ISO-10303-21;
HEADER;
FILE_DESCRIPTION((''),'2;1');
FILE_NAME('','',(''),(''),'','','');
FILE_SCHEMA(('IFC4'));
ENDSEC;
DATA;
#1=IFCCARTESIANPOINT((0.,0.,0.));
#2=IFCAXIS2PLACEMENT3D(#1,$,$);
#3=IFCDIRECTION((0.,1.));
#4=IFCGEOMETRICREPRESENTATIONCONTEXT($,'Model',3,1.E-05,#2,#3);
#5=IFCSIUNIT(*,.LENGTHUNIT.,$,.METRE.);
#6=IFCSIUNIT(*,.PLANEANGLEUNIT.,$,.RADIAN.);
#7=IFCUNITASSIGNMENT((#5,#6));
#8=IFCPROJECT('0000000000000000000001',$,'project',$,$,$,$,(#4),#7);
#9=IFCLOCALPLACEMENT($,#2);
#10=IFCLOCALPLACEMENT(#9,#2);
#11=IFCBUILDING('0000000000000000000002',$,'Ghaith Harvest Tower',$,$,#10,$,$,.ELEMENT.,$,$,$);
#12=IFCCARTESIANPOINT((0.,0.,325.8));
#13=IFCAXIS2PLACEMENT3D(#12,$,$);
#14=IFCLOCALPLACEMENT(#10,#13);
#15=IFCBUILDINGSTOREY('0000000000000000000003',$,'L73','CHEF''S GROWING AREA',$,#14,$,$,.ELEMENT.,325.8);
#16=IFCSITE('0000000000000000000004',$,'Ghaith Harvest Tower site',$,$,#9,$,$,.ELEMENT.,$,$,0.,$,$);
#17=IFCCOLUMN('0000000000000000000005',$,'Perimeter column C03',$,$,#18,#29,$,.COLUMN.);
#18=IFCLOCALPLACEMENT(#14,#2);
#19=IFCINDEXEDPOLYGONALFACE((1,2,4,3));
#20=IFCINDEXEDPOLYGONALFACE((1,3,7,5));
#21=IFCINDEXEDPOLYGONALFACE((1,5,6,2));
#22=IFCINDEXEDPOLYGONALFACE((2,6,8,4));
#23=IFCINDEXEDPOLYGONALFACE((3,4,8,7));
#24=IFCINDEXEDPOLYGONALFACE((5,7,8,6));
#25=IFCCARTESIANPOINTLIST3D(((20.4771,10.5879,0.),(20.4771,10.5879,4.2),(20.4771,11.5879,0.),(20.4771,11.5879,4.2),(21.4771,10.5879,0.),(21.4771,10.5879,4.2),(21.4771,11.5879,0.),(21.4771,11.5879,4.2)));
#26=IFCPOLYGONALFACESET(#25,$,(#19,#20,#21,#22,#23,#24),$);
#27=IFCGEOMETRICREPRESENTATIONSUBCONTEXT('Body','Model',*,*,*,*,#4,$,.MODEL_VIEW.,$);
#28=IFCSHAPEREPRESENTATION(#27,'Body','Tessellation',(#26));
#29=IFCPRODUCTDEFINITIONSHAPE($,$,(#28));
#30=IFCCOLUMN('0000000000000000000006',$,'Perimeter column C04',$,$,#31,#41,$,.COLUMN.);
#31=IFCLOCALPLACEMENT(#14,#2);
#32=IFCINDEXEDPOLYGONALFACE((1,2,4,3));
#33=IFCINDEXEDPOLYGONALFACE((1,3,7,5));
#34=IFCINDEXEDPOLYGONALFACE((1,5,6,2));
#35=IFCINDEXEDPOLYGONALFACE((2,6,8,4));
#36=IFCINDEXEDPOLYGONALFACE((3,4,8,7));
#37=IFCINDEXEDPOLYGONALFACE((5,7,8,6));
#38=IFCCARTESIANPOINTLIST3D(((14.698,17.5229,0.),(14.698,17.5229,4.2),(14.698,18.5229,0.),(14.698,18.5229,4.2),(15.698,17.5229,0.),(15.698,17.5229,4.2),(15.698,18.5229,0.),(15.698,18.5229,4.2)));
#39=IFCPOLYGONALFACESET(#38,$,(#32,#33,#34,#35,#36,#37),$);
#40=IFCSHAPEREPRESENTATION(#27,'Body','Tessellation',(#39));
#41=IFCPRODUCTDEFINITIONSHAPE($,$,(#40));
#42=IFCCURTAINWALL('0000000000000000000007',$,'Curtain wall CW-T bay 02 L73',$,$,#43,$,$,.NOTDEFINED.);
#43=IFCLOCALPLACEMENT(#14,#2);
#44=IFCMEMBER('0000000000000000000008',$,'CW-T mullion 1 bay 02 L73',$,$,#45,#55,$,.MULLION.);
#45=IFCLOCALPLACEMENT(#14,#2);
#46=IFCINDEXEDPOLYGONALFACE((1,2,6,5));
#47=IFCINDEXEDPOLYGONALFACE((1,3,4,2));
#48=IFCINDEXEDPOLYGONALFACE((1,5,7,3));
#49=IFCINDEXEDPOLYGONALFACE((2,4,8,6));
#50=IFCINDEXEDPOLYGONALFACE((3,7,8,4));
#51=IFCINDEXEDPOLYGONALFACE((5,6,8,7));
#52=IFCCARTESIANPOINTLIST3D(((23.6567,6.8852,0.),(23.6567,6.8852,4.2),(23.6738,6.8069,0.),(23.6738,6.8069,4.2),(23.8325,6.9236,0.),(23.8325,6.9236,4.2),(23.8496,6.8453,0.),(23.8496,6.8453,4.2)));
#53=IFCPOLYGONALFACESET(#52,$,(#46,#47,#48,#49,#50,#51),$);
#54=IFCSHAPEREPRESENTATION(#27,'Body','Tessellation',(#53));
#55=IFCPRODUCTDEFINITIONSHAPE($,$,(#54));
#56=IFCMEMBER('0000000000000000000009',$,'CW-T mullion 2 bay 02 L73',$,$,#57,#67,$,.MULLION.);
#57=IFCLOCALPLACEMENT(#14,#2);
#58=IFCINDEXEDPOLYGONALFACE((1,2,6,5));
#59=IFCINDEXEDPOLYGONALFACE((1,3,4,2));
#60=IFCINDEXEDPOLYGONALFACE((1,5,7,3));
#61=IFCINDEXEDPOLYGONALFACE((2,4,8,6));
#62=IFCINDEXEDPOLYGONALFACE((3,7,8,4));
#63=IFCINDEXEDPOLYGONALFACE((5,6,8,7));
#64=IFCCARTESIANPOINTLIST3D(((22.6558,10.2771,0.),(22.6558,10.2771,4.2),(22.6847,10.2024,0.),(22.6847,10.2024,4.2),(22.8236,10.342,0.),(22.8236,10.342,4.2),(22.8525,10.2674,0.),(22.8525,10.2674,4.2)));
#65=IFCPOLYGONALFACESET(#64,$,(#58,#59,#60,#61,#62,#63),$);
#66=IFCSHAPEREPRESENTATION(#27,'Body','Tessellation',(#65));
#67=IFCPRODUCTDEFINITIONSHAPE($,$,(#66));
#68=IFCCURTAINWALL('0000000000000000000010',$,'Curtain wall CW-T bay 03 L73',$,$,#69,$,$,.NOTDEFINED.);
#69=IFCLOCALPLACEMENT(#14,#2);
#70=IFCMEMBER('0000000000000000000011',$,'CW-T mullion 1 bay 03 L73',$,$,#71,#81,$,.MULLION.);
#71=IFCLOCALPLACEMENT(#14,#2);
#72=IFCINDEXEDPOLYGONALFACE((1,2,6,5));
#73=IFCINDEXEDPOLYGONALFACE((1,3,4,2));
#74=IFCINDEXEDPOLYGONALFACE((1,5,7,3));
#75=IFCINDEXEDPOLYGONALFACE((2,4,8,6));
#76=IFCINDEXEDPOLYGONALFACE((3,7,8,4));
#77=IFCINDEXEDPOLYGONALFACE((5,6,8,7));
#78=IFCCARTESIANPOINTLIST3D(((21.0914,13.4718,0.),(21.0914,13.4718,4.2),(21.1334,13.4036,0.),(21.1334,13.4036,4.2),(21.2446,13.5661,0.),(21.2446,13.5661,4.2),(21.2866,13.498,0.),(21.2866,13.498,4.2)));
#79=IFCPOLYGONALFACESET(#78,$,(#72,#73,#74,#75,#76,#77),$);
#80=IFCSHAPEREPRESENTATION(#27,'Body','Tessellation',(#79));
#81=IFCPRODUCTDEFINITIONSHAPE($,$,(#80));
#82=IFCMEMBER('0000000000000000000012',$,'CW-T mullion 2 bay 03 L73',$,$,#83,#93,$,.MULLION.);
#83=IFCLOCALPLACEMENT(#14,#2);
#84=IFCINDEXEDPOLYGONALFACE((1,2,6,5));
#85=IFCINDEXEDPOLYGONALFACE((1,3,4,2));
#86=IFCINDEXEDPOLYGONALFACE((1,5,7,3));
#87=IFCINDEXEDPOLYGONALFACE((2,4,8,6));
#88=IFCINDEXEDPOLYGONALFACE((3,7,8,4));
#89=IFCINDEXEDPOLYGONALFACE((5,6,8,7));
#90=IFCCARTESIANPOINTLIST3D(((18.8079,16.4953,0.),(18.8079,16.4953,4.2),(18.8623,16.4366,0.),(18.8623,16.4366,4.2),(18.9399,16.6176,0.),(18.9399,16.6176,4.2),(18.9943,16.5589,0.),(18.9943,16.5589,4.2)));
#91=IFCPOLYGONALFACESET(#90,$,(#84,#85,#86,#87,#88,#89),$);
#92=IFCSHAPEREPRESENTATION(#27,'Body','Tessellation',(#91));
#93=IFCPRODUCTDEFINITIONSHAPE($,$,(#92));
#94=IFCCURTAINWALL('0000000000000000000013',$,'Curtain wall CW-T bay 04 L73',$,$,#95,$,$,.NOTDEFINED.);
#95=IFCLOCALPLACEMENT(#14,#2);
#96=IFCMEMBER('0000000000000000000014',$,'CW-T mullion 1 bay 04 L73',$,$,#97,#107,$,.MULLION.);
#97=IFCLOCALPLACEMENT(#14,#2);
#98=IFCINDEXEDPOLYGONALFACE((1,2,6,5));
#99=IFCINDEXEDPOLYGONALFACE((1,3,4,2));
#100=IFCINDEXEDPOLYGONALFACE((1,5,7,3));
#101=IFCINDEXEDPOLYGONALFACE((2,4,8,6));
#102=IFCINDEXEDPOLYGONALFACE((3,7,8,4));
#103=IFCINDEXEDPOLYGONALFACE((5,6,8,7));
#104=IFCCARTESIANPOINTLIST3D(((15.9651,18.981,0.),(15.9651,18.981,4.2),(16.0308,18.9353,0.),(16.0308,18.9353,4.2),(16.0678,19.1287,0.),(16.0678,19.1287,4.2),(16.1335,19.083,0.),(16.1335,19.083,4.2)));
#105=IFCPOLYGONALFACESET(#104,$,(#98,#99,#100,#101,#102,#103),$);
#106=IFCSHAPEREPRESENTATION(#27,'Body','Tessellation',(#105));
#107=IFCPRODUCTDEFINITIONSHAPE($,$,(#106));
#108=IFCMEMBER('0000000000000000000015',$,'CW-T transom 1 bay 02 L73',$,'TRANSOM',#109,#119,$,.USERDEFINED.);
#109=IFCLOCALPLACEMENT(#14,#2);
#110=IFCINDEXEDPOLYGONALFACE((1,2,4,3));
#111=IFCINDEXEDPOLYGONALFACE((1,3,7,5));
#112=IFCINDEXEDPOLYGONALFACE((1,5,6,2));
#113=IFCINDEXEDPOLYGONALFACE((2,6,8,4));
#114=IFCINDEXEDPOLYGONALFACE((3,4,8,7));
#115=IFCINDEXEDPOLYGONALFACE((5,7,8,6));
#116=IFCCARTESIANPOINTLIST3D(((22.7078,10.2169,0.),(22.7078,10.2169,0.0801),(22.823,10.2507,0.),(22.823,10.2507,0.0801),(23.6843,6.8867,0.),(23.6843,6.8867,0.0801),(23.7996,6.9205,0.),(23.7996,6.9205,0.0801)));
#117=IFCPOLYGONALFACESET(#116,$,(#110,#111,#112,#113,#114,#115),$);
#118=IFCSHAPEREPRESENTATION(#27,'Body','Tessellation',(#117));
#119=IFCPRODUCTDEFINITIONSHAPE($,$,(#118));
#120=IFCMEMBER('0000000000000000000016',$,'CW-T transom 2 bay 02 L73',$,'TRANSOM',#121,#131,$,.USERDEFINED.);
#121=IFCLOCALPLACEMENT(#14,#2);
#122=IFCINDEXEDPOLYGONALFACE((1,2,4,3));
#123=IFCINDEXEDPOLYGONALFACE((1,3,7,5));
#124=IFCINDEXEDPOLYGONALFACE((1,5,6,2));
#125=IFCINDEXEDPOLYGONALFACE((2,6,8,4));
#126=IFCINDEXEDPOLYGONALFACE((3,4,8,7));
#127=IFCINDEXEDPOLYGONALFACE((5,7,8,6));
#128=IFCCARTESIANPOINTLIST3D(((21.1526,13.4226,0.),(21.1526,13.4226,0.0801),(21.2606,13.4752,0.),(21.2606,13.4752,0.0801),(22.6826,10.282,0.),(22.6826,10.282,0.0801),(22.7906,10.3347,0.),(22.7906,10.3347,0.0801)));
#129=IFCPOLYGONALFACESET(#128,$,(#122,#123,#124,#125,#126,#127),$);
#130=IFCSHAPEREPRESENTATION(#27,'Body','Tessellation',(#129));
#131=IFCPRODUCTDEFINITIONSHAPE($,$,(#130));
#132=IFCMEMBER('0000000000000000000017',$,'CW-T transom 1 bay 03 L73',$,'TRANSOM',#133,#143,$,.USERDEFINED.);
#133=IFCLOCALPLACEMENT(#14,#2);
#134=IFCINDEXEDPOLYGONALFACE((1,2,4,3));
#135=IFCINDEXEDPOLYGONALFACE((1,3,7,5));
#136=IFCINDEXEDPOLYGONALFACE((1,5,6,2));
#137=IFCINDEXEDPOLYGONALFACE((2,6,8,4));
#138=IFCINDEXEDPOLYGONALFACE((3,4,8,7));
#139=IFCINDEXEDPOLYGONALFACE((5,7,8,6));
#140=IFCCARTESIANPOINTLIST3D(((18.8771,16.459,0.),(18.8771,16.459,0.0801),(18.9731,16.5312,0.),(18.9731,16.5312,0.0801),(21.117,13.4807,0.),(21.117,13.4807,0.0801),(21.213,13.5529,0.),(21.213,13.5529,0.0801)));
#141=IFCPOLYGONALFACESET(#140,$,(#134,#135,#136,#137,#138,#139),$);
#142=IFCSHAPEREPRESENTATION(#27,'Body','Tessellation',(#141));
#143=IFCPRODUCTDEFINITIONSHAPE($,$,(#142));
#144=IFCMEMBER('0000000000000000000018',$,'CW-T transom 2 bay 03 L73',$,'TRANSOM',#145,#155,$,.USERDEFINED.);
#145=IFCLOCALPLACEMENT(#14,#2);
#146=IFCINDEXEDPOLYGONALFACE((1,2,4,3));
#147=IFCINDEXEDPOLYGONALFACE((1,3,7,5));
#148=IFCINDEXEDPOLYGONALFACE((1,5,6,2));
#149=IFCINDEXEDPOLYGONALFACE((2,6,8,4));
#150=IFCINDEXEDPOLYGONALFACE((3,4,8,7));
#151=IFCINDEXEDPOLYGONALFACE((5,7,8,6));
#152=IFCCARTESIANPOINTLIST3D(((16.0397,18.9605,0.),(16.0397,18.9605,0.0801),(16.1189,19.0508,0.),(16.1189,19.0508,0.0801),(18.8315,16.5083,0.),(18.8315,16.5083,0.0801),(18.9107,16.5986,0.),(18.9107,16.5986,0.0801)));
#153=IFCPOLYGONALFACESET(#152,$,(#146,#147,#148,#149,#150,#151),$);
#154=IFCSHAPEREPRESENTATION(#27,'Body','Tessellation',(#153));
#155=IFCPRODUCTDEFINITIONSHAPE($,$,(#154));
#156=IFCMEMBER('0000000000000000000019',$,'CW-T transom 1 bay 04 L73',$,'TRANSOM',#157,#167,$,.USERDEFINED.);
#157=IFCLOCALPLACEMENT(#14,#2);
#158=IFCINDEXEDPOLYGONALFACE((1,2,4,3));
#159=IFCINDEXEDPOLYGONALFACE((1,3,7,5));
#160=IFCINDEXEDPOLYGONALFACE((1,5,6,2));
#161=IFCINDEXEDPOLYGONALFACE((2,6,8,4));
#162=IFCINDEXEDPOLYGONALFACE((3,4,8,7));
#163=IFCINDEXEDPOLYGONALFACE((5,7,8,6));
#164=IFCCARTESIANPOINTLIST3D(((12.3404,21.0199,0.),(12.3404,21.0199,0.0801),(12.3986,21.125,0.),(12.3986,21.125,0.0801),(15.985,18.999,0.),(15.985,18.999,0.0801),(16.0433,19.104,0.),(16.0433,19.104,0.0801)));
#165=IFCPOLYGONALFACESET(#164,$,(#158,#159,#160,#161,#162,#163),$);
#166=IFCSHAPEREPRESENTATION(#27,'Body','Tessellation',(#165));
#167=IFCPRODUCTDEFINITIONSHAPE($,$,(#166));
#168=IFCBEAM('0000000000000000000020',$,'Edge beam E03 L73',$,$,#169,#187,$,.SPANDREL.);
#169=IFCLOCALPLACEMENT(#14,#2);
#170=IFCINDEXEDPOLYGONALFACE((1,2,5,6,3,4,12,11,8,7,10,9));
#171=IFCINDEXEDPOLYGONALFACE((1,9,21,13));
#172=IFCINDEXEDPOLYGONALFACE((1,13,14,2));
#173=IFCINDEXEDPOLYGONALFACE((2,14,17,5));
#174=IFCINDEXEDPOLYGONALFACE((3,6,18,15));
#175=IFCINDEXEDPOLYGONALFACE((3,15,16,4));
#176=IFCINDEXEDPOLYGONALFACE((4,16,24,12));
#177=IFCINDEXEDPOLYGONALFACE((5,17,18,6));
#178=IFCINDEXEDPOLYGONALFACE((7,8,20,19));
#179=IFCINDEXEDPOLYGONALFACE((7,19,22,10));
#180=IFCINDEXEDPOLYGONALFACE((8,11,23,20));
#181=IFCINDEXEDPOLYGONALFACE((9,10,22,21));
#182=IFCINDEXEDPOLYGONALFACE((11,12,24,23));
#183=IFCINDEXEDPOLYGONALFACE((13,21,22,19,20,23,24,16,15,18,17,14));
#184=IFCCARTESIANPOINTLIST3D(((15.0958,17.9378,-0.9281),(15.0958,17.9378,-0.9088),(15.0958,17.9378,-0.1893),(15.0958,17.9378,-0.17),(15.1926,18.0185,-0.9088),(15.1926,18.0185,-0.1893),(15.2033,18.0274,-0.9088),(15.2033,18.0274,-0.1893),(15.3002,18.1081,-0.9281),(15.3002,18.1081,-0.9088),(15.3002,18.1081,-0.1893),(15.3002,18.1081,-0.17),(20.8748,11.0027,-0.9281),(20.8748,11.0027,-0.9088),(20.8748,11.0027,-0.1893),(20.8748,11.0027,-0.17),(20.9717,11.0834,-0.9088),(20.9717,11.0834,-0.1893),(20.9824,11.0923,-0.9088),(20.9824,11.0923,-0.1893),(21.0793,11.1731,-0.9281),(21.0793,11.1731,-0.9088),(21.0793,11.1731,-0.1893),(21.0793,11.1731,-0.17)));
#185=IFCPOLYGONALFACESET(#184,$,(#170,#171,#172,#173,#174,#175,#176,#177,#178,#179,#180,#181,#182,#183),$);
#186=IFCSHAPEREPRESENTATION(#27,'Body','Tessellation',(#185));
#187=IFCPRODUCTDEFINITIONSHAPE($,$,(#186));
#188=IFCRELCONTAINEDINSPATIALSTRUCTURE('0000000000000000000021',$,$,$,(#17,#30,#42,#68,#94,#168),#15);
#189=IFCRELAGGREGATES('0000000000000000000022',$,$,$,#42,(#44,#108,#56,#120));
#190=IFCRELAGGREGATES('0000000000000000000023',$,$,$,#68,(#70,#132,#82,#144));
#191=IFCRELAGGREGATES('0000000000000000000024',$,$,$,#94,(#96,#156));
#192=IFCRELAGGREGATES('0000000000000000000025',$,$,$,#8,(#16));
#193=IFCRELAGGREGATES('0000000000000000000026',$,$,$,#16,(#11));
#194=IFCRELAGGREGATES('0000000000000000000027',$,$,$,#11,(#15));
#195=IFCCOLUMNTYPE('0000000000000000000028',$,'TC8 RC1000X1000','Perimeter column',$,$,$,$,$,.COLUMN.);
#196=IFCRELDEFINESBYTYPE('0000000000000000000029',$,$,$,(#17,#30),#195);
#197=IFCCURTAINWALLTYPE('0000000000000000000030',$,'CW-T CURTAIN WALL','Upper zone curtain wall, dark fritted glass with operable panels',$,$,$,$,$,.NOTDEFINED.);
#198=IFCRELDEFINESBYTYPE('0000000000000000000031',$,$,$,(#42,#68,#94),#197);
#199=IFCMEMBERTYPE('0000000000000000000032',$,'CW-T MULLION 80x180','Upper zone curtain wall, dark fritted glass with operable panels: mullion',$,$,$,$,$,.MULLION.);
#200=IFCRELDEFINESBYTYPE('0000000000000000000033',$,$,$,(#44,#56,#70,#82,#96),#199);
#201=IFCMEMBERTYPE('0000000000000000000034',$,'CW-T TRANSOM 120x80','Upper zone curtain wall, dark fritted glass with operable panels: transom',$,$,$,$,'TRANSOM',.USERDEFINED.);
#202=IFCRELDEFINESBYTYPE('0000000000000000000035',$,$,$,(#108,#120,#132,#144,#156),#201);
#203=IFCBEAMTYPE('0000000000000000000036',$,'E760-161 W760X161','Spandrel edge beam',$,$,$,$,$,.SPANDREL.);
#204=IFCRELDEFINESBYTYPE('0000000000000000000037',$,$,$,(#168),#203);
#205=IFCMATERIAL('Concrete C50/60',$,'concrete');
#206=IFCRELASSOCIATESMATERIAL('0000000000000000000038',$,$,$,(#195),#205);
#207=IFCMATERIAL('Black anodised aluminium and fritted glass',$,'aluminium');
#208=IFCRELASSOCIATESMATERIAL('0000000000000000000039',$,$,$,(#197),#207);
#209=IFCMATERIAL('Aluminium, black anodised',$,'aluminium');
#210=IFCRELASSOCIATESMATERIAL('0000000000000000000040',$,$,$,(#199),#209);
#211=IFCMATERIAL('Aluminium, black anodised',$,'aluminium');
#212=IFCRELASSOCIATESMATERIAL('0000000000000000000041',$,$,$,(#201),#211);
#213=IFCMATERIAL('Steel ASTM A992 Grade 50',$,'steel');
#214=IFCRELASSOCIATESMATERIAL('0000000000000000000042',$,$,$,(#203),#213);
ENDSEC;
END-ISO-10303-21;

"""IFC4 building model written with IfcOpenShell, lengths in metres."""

from ifc_helpers import new_model, si_unit, direction, frame, origin, origin_2d, place, context, subcontext, project, spatial, rectangle, i_section, extrude, material, material_profile, profile_set, type_object, element, aggregate, save


model = new_model("IFC4")

# Units and contexts
model_context = context("Model", 3, precision=1e-05, world=origin(), true_north=direction((0.0, 1.0)))
body_context = subcontext(model_context, "Body", "Model", "MODEL_VIEW")
ifc_project = project(units=[si_unit("LENGTHUNIT", "METRE"), si_unit("PLANEANGLEUNIT", "RADIAN")], contexts=[model_context])

# Site, building, storey
site_placement = place(None, origin())
site = spatial("IfcSite", under=ifc_project, at=site_placement, Name="Ghaith Harvest Tower site", CompositionType="ELEMENT", RefElevation=0.0)
building_placement = place(site_placement, origin())
building = spatial("IfcBuilding", under=site, at=building_placement, Name="Ghaith Harvest Tower", CompositionType="ELEMENT")
storey_placement = place(building_placement, frame((0.0, 0.0, 325.8)))
storey = spatial("IfcBuildingStorey", under=building, at=storey_placement, Name="L73", Description="CHEF'S GROWING AREA", CompositionType="ELEMENT", Elevation=325.8)

# Columns
ifc_material_1 = material(Name="Concrete C50/60", Category="concrete")
ifc_material_profile_1 = material_profile(ifc_material_1, rectangle(XDim=1.0, YDim=1.0, at=origin_2d()), Name="RC1000X1000")
ifc_profile_set_1 = profile_set([ifc_material_profile_1], Name="Concrete C50/60")
column_type = type_object("IfcColumnType", Name="TC8 RC1000X1000", Description="Perimeter column", PredefinedType="COLUMN", material=ifc_profile_set_1)
for number, where, z_axis, x_axis, name in (
    (1, (20.9771, 11.0879, 0.0), (0.0, 0.0, 1.0), (1.0, 0.0, 0.0), "Perimeter column C03"),
    (2, (15.198, 18.0229, 0.0), (0.0, 0.0, 1.0), (1.0, 0.0, 0.0), "Perimeter column C04"),
):
    element("IfcColumn", number, at=place(storey_placement, frame(where, z_axis=z_axis, x_axis=x_axis)), inside=storey, type_object=column_type, Name=name, PredefinedType="COLUMN", context=body_context, shape_type="SweptSolid", body=[
        extrude(rectangle(XDim=1.0, YDim=1.0, at=origin_2d()), origin(), (0.0, 0.0, 1.0), 4.2),
    ])

# Curtain walls, members
ifc_material_2 = material(Name="Black anodised aluminium and fritted glass", Category="aluminium")
curtain_wall_type = type_object("IfcCurtainWallType", Name="CW-T CURTAIN WALL", Description="Upper zone curtain wall, dark fritted glass with operable panels", PredefinedType="NOTDEFINED", material=ifc_material_2)
curtain_wall_1_placement = place(storey_placement, origin())
curtain_wall_1 = element("IfcCurtainWall", 3, at=curtain_wall_1_placement, inside=storey, type_object=curtain_wall_type, Name="Curtain wall CW-T bay 02 L73", PredefinedType="NOTDEFINED")
ifc_material_3 = material(Name="Aluminium, black anodised", Category="aluminium")
ifc_material_profile_2 = material_profile(ifc_material_3, rectangle(XDim=0.0801, YDim=0.1799, at=origin_2d()), Name="CW-T MULLION 80x180")
ifc_profile_set_2 = profile_set([ifc_material_profile_2], Name="Aluminium, black anodised")
member_type_1 = type_object("IfcMemberType", Name="CW-T MULLION 80x180", Description="Upper zone curtain wall, dark fritted glass with operable panels: mullion", PredefinedType="MULLION", material=ifc_profile_set_2)
member_1_placement = place(storey_placement, frame((23.7532, 6.8652, 0.0), z_axis=(0.0, 0.0, 1.0), x_axis=(-0.213402, 0.976964, 0.0)))
member_1 = element("IfcMember", 4, at=member_1_placement, type_object=member_type_1, Name="CW-T mullion 1 bay 02 L73", PredefinedType="MULLION", context=body_context, shape_type="SweptSolid", body=[
    extrude(rectangle(XDim=0.0801, YDim=0.1799, at=origin_2d()), origin(), (0.0, 0.0, 1.0), 4.2),
])
member_2_placement = place(storey_placement, frame((22.7542, 10.2722, 0.0), z_axis=(0.0, 0.0, 1.0), x_axis=(-0.361184, 0.932494, 0.0)))
member_2 = element("IfcMember", 5, at=member_2_placement, type_object=member_type_1, Name="CW-T mullion 2 bay 02 L73", PredefinedType="MULLION", context=body_context, shape_type="SweptSolid", body=[
    extrude(rectangle(XDim=0.0801, YDim=0.1799, at=origin_2d()), origin(), (0.0, 0.0, 1.0), 4.2),
])
curtain_wall_2_placement = place(storey_placement, origin())
curtain_wall_2 = element("IfcCurtainWall", 6, at=curtain_wall_2_placement, inside=storey, type_object=curtain_wall_type, Name="Curtain wall CW-T bay 03 L73", PredefinedType="NOTDEFINED")
member_3_placement = place(storey_placement, frame((21.189, 13.4849, 0.0), z_axis=(0.0, 0.0, 1.0), x_axis=(-0.524482, 0.851421, 0.0)))
member_3 = element("IfcMember", 7, at=member_3_placement, type_object=member_type_1, Name="CW-T mullion 1 bay 03 L73", PredefinedType="MULLION", context=body_context, shape_type="SweptSolid", body=[
    extrude(rectangle(XDim=0.0801, YDim=0.1799, at=origin_2d()), origin(), (0.0, 0.0, 1.0), 4.2),
])
member_4_placement = place(storey_placement, frame((18.9011, 16.5271, 0.0), z_axis=(0.0, 0.0, 1.0), x_axis=(-0.679661, 0.733526, 0.0)))
member_4 = element("IfcMember", 8, at=member_4_placement, type_object=member_type_1, Name="CW-T mullion 2 bay 03 L73", PredefinedType="MULLION", context=body_context, shape_type="SweptSolid", body=[
    extrude(rectangle(XDim=0.0801, YDim=0.1799, at=origin_2d()), origin(), (0.0, 0.0, 1.0), 4.2),
])

# Curtain wall, member
curtain_wall_3_placement = place(storey_placement, origin())
curtain_wall_3 = element("IfcCurtainWall", 9, at=curtain_wall_3_placement, inside=storey, type_object=curtain_wall_type, Name="Curtain wall CW-T bay 04 L73", PredefinedType="NOTDEFINED")
member_5_placement = place(storey_placement, frame((16.0493, 19.032, 0.0), z_axis=(0.0, 0.0, 1.0), x_axis=(-0.821112, 0.570767, 0.0)))
member_5 = element("IfcMember", 10, at=member_5_placement, type_object=member_type_1, Name="CW-T mullion 1 bay 04 L73", PredefinedType="MULLION", context=body_context, shape_type="SweptSolid", body=[
    extrude(rectangle(XDim=0.0801, YDim=0.1799, at=origin_2d()), origin(), (0.0, 0.0, 1.0), 4.2),
])

# Members
ifc_material_4 = material(Name="Aluminium, black anodised", Category="aluminium")
ifc_material_profile_3 = material_profile(ifc_material_4, rectangle(XDim=0.1201, YDim=0.0801, at=origin_2d()), Name="CW-T TRANSOM 120x80")
ifc_profile_set_3 = profile_set([ifc_material_profile_3], Name="Aluminium, black anodised")
member_type_2 = type_object("IfcMemberType", Name="CW-T TRANSOM 120x80", Description="Upper zone curtain wall, dark fritted glass with operable panels: transom", ElementType="TRANSOM", PredefinedType="USERDEFINED", material=ifc_profile_set_3)
member_6_placement = place(storey_placement, frame((23.7419, 6.9036, 0.04), z_axis=(-0.281385, 0.959595, 0.0), x_axis=(-0.959595, -0.281385, 0.0)))
member_6 = element("IfcMember", 11, at=member_6_placement, type_object=member_type_2, Name="CW-T transom 1 bay 02 L73", ObjectType="TRANSOM", PredefinedType="USERDEFINED", context=body_context, shape_type="SweptSolid", body=[
    extrude(rectangle(XDim=0.1201, YDim=0.0801, at=origin_2d()), origin(), (0.0, 0.0, 1.0), 3.4705),
])
member_7_placement = place(storey_placement, frame((22.7366, 10.3083, 0.04), z_axis=(-0.437965, 0.898992, 0.0), x_axis=(-0.898992, -0.437965, 0.0)))
member_7 = element("IfcMember", 12, at=member_7_placement, type_object=member_type_2, Name="CW-T transom 2 bay 02 L73", ObjectType="TRANSOM", PredefinedType="USERDEFINED", context=body_context, shape_type="SweptSolid", body=[
    extrude(rectangle(XDim=0.1201, YDim=0.0801, at=origin_2d()), origin(), (0.0, 0.0, 1.0), 3.4934),
])
member_8_placement = place(storey_placement, frame((21.165, 13.5168, 0.04), z_axis=(-0.601079, 0.79919, 0.0), x_axis=(-0.79919, -0.601079, 0.0)))
member_8 = element("IfcMember", 13, at=member_8_placement, type_object=member_type_2, Name="CW-T transom 1 bay 03 L73", ObjectType="TRANSOM", PredefinedType="USERDEFINED", context=body_context, shape_type="SweptSolid", body=[
    extrude(rectangle(XDim=0.1201, YDim=0.0801, at=origin_2d()), origin(), (0.0, 0.0, 1.0), 3.7266),
])
member_9_placement = place(storey_placement, frame((18.8711, 16.5535, 0.04), z_axis=(-0.751326, 0.659931, 0.0), x_axis=(-0.659931, -0.751326, 0.0)))
member_9 = element("IfcMember", 14, at=member_9_placement, type_object=member_type_2, Name="CW-T transom 2 bay 03 L73", ObjectType="TRANSOM", PredefinedType="USERDEFINED", context=body_context, shape_type="SweptSolid", body=[
    extrude(rectangle(XDim=0.1201, YDim=0.0801, at=origin_2d()), origin(), (0.0, 0.0, 1.0), 3.7158),
])
member_10_placement = place(storey_placement, frame((16.0142, 19.0515, 0.04), z_axis=(-0.874552, 0.484932, 0.0), x_axis=(-0.484932, -0.874552, 0.0)))
member_10 = element("IfcMember", 15, at=member_10_placement, type_object=member_type_2, Name="CW-T transom 1 bay 04 L73", ObjectType="TRANSOM", PredefinedType="USERDEFINED", context=body_context, shape_type="SweptSolid", body=[
    extrude(rectangle(XDim=0.1201, YDim=0.0801, at=origin_2d()), origin(), (0.0, 0.0, 1.0), 4.1675),
])

# Beam
ifc_material_5 = material(Name="Steel ASTM A992 Grade 50", Category="steel")
ifc_material_profile_4 = material_profile(ifc_material_5, i_section(OverallWidth=0.2661, OverallDepth=0.7581, WebThickness=0.0139, FlangeThickness=0.0193, at=origin_2d()), Name="W760X161")
ifc_profile_set_4 = profile_set([ifc_material_profile_4], Name="Steel ASTM A992 Grade 50")
beam_type_1 = type_object("IfcBeamType", Name="E760-161 W760X161", Description="Spandrel edge beam", PredefinedType="SPANDREL", material=ifc_profile_set_4)
beam_1_placement = place(storey_placement, frame((20.9771, 11.0879, -0.5491), z_axis=(-0.640174, 0.76823, 0.0), x_axis=(-0.76823, -0.640174, 0.0)))
element("IfcBeam", 16, at=beam_1_placement, inside=storey, type_object=beam_type_1, Name="Edge beam E03 L73", PredefinedType="SPANDREL", context=body_context, shape_type="SweptSolid", body=[
    extrude(i_section(OverallWidth=0.2661, OverallDepth=0.7581, WebThickness=0.0139, FlangeThickness=0.0193, at=origin_2d()), origin(), (0.0, 0.0, 1.0), 9.0273),
])

aggregate(curtain_wall_1, [member_1, member_6, member_2, member_7])
aggregate(curtain_wall_2, [member_3, member_8, member_4, member_9])
aggregate(curtain_wall_3, [member_5, member_10])

save(model, "model.ifc")
